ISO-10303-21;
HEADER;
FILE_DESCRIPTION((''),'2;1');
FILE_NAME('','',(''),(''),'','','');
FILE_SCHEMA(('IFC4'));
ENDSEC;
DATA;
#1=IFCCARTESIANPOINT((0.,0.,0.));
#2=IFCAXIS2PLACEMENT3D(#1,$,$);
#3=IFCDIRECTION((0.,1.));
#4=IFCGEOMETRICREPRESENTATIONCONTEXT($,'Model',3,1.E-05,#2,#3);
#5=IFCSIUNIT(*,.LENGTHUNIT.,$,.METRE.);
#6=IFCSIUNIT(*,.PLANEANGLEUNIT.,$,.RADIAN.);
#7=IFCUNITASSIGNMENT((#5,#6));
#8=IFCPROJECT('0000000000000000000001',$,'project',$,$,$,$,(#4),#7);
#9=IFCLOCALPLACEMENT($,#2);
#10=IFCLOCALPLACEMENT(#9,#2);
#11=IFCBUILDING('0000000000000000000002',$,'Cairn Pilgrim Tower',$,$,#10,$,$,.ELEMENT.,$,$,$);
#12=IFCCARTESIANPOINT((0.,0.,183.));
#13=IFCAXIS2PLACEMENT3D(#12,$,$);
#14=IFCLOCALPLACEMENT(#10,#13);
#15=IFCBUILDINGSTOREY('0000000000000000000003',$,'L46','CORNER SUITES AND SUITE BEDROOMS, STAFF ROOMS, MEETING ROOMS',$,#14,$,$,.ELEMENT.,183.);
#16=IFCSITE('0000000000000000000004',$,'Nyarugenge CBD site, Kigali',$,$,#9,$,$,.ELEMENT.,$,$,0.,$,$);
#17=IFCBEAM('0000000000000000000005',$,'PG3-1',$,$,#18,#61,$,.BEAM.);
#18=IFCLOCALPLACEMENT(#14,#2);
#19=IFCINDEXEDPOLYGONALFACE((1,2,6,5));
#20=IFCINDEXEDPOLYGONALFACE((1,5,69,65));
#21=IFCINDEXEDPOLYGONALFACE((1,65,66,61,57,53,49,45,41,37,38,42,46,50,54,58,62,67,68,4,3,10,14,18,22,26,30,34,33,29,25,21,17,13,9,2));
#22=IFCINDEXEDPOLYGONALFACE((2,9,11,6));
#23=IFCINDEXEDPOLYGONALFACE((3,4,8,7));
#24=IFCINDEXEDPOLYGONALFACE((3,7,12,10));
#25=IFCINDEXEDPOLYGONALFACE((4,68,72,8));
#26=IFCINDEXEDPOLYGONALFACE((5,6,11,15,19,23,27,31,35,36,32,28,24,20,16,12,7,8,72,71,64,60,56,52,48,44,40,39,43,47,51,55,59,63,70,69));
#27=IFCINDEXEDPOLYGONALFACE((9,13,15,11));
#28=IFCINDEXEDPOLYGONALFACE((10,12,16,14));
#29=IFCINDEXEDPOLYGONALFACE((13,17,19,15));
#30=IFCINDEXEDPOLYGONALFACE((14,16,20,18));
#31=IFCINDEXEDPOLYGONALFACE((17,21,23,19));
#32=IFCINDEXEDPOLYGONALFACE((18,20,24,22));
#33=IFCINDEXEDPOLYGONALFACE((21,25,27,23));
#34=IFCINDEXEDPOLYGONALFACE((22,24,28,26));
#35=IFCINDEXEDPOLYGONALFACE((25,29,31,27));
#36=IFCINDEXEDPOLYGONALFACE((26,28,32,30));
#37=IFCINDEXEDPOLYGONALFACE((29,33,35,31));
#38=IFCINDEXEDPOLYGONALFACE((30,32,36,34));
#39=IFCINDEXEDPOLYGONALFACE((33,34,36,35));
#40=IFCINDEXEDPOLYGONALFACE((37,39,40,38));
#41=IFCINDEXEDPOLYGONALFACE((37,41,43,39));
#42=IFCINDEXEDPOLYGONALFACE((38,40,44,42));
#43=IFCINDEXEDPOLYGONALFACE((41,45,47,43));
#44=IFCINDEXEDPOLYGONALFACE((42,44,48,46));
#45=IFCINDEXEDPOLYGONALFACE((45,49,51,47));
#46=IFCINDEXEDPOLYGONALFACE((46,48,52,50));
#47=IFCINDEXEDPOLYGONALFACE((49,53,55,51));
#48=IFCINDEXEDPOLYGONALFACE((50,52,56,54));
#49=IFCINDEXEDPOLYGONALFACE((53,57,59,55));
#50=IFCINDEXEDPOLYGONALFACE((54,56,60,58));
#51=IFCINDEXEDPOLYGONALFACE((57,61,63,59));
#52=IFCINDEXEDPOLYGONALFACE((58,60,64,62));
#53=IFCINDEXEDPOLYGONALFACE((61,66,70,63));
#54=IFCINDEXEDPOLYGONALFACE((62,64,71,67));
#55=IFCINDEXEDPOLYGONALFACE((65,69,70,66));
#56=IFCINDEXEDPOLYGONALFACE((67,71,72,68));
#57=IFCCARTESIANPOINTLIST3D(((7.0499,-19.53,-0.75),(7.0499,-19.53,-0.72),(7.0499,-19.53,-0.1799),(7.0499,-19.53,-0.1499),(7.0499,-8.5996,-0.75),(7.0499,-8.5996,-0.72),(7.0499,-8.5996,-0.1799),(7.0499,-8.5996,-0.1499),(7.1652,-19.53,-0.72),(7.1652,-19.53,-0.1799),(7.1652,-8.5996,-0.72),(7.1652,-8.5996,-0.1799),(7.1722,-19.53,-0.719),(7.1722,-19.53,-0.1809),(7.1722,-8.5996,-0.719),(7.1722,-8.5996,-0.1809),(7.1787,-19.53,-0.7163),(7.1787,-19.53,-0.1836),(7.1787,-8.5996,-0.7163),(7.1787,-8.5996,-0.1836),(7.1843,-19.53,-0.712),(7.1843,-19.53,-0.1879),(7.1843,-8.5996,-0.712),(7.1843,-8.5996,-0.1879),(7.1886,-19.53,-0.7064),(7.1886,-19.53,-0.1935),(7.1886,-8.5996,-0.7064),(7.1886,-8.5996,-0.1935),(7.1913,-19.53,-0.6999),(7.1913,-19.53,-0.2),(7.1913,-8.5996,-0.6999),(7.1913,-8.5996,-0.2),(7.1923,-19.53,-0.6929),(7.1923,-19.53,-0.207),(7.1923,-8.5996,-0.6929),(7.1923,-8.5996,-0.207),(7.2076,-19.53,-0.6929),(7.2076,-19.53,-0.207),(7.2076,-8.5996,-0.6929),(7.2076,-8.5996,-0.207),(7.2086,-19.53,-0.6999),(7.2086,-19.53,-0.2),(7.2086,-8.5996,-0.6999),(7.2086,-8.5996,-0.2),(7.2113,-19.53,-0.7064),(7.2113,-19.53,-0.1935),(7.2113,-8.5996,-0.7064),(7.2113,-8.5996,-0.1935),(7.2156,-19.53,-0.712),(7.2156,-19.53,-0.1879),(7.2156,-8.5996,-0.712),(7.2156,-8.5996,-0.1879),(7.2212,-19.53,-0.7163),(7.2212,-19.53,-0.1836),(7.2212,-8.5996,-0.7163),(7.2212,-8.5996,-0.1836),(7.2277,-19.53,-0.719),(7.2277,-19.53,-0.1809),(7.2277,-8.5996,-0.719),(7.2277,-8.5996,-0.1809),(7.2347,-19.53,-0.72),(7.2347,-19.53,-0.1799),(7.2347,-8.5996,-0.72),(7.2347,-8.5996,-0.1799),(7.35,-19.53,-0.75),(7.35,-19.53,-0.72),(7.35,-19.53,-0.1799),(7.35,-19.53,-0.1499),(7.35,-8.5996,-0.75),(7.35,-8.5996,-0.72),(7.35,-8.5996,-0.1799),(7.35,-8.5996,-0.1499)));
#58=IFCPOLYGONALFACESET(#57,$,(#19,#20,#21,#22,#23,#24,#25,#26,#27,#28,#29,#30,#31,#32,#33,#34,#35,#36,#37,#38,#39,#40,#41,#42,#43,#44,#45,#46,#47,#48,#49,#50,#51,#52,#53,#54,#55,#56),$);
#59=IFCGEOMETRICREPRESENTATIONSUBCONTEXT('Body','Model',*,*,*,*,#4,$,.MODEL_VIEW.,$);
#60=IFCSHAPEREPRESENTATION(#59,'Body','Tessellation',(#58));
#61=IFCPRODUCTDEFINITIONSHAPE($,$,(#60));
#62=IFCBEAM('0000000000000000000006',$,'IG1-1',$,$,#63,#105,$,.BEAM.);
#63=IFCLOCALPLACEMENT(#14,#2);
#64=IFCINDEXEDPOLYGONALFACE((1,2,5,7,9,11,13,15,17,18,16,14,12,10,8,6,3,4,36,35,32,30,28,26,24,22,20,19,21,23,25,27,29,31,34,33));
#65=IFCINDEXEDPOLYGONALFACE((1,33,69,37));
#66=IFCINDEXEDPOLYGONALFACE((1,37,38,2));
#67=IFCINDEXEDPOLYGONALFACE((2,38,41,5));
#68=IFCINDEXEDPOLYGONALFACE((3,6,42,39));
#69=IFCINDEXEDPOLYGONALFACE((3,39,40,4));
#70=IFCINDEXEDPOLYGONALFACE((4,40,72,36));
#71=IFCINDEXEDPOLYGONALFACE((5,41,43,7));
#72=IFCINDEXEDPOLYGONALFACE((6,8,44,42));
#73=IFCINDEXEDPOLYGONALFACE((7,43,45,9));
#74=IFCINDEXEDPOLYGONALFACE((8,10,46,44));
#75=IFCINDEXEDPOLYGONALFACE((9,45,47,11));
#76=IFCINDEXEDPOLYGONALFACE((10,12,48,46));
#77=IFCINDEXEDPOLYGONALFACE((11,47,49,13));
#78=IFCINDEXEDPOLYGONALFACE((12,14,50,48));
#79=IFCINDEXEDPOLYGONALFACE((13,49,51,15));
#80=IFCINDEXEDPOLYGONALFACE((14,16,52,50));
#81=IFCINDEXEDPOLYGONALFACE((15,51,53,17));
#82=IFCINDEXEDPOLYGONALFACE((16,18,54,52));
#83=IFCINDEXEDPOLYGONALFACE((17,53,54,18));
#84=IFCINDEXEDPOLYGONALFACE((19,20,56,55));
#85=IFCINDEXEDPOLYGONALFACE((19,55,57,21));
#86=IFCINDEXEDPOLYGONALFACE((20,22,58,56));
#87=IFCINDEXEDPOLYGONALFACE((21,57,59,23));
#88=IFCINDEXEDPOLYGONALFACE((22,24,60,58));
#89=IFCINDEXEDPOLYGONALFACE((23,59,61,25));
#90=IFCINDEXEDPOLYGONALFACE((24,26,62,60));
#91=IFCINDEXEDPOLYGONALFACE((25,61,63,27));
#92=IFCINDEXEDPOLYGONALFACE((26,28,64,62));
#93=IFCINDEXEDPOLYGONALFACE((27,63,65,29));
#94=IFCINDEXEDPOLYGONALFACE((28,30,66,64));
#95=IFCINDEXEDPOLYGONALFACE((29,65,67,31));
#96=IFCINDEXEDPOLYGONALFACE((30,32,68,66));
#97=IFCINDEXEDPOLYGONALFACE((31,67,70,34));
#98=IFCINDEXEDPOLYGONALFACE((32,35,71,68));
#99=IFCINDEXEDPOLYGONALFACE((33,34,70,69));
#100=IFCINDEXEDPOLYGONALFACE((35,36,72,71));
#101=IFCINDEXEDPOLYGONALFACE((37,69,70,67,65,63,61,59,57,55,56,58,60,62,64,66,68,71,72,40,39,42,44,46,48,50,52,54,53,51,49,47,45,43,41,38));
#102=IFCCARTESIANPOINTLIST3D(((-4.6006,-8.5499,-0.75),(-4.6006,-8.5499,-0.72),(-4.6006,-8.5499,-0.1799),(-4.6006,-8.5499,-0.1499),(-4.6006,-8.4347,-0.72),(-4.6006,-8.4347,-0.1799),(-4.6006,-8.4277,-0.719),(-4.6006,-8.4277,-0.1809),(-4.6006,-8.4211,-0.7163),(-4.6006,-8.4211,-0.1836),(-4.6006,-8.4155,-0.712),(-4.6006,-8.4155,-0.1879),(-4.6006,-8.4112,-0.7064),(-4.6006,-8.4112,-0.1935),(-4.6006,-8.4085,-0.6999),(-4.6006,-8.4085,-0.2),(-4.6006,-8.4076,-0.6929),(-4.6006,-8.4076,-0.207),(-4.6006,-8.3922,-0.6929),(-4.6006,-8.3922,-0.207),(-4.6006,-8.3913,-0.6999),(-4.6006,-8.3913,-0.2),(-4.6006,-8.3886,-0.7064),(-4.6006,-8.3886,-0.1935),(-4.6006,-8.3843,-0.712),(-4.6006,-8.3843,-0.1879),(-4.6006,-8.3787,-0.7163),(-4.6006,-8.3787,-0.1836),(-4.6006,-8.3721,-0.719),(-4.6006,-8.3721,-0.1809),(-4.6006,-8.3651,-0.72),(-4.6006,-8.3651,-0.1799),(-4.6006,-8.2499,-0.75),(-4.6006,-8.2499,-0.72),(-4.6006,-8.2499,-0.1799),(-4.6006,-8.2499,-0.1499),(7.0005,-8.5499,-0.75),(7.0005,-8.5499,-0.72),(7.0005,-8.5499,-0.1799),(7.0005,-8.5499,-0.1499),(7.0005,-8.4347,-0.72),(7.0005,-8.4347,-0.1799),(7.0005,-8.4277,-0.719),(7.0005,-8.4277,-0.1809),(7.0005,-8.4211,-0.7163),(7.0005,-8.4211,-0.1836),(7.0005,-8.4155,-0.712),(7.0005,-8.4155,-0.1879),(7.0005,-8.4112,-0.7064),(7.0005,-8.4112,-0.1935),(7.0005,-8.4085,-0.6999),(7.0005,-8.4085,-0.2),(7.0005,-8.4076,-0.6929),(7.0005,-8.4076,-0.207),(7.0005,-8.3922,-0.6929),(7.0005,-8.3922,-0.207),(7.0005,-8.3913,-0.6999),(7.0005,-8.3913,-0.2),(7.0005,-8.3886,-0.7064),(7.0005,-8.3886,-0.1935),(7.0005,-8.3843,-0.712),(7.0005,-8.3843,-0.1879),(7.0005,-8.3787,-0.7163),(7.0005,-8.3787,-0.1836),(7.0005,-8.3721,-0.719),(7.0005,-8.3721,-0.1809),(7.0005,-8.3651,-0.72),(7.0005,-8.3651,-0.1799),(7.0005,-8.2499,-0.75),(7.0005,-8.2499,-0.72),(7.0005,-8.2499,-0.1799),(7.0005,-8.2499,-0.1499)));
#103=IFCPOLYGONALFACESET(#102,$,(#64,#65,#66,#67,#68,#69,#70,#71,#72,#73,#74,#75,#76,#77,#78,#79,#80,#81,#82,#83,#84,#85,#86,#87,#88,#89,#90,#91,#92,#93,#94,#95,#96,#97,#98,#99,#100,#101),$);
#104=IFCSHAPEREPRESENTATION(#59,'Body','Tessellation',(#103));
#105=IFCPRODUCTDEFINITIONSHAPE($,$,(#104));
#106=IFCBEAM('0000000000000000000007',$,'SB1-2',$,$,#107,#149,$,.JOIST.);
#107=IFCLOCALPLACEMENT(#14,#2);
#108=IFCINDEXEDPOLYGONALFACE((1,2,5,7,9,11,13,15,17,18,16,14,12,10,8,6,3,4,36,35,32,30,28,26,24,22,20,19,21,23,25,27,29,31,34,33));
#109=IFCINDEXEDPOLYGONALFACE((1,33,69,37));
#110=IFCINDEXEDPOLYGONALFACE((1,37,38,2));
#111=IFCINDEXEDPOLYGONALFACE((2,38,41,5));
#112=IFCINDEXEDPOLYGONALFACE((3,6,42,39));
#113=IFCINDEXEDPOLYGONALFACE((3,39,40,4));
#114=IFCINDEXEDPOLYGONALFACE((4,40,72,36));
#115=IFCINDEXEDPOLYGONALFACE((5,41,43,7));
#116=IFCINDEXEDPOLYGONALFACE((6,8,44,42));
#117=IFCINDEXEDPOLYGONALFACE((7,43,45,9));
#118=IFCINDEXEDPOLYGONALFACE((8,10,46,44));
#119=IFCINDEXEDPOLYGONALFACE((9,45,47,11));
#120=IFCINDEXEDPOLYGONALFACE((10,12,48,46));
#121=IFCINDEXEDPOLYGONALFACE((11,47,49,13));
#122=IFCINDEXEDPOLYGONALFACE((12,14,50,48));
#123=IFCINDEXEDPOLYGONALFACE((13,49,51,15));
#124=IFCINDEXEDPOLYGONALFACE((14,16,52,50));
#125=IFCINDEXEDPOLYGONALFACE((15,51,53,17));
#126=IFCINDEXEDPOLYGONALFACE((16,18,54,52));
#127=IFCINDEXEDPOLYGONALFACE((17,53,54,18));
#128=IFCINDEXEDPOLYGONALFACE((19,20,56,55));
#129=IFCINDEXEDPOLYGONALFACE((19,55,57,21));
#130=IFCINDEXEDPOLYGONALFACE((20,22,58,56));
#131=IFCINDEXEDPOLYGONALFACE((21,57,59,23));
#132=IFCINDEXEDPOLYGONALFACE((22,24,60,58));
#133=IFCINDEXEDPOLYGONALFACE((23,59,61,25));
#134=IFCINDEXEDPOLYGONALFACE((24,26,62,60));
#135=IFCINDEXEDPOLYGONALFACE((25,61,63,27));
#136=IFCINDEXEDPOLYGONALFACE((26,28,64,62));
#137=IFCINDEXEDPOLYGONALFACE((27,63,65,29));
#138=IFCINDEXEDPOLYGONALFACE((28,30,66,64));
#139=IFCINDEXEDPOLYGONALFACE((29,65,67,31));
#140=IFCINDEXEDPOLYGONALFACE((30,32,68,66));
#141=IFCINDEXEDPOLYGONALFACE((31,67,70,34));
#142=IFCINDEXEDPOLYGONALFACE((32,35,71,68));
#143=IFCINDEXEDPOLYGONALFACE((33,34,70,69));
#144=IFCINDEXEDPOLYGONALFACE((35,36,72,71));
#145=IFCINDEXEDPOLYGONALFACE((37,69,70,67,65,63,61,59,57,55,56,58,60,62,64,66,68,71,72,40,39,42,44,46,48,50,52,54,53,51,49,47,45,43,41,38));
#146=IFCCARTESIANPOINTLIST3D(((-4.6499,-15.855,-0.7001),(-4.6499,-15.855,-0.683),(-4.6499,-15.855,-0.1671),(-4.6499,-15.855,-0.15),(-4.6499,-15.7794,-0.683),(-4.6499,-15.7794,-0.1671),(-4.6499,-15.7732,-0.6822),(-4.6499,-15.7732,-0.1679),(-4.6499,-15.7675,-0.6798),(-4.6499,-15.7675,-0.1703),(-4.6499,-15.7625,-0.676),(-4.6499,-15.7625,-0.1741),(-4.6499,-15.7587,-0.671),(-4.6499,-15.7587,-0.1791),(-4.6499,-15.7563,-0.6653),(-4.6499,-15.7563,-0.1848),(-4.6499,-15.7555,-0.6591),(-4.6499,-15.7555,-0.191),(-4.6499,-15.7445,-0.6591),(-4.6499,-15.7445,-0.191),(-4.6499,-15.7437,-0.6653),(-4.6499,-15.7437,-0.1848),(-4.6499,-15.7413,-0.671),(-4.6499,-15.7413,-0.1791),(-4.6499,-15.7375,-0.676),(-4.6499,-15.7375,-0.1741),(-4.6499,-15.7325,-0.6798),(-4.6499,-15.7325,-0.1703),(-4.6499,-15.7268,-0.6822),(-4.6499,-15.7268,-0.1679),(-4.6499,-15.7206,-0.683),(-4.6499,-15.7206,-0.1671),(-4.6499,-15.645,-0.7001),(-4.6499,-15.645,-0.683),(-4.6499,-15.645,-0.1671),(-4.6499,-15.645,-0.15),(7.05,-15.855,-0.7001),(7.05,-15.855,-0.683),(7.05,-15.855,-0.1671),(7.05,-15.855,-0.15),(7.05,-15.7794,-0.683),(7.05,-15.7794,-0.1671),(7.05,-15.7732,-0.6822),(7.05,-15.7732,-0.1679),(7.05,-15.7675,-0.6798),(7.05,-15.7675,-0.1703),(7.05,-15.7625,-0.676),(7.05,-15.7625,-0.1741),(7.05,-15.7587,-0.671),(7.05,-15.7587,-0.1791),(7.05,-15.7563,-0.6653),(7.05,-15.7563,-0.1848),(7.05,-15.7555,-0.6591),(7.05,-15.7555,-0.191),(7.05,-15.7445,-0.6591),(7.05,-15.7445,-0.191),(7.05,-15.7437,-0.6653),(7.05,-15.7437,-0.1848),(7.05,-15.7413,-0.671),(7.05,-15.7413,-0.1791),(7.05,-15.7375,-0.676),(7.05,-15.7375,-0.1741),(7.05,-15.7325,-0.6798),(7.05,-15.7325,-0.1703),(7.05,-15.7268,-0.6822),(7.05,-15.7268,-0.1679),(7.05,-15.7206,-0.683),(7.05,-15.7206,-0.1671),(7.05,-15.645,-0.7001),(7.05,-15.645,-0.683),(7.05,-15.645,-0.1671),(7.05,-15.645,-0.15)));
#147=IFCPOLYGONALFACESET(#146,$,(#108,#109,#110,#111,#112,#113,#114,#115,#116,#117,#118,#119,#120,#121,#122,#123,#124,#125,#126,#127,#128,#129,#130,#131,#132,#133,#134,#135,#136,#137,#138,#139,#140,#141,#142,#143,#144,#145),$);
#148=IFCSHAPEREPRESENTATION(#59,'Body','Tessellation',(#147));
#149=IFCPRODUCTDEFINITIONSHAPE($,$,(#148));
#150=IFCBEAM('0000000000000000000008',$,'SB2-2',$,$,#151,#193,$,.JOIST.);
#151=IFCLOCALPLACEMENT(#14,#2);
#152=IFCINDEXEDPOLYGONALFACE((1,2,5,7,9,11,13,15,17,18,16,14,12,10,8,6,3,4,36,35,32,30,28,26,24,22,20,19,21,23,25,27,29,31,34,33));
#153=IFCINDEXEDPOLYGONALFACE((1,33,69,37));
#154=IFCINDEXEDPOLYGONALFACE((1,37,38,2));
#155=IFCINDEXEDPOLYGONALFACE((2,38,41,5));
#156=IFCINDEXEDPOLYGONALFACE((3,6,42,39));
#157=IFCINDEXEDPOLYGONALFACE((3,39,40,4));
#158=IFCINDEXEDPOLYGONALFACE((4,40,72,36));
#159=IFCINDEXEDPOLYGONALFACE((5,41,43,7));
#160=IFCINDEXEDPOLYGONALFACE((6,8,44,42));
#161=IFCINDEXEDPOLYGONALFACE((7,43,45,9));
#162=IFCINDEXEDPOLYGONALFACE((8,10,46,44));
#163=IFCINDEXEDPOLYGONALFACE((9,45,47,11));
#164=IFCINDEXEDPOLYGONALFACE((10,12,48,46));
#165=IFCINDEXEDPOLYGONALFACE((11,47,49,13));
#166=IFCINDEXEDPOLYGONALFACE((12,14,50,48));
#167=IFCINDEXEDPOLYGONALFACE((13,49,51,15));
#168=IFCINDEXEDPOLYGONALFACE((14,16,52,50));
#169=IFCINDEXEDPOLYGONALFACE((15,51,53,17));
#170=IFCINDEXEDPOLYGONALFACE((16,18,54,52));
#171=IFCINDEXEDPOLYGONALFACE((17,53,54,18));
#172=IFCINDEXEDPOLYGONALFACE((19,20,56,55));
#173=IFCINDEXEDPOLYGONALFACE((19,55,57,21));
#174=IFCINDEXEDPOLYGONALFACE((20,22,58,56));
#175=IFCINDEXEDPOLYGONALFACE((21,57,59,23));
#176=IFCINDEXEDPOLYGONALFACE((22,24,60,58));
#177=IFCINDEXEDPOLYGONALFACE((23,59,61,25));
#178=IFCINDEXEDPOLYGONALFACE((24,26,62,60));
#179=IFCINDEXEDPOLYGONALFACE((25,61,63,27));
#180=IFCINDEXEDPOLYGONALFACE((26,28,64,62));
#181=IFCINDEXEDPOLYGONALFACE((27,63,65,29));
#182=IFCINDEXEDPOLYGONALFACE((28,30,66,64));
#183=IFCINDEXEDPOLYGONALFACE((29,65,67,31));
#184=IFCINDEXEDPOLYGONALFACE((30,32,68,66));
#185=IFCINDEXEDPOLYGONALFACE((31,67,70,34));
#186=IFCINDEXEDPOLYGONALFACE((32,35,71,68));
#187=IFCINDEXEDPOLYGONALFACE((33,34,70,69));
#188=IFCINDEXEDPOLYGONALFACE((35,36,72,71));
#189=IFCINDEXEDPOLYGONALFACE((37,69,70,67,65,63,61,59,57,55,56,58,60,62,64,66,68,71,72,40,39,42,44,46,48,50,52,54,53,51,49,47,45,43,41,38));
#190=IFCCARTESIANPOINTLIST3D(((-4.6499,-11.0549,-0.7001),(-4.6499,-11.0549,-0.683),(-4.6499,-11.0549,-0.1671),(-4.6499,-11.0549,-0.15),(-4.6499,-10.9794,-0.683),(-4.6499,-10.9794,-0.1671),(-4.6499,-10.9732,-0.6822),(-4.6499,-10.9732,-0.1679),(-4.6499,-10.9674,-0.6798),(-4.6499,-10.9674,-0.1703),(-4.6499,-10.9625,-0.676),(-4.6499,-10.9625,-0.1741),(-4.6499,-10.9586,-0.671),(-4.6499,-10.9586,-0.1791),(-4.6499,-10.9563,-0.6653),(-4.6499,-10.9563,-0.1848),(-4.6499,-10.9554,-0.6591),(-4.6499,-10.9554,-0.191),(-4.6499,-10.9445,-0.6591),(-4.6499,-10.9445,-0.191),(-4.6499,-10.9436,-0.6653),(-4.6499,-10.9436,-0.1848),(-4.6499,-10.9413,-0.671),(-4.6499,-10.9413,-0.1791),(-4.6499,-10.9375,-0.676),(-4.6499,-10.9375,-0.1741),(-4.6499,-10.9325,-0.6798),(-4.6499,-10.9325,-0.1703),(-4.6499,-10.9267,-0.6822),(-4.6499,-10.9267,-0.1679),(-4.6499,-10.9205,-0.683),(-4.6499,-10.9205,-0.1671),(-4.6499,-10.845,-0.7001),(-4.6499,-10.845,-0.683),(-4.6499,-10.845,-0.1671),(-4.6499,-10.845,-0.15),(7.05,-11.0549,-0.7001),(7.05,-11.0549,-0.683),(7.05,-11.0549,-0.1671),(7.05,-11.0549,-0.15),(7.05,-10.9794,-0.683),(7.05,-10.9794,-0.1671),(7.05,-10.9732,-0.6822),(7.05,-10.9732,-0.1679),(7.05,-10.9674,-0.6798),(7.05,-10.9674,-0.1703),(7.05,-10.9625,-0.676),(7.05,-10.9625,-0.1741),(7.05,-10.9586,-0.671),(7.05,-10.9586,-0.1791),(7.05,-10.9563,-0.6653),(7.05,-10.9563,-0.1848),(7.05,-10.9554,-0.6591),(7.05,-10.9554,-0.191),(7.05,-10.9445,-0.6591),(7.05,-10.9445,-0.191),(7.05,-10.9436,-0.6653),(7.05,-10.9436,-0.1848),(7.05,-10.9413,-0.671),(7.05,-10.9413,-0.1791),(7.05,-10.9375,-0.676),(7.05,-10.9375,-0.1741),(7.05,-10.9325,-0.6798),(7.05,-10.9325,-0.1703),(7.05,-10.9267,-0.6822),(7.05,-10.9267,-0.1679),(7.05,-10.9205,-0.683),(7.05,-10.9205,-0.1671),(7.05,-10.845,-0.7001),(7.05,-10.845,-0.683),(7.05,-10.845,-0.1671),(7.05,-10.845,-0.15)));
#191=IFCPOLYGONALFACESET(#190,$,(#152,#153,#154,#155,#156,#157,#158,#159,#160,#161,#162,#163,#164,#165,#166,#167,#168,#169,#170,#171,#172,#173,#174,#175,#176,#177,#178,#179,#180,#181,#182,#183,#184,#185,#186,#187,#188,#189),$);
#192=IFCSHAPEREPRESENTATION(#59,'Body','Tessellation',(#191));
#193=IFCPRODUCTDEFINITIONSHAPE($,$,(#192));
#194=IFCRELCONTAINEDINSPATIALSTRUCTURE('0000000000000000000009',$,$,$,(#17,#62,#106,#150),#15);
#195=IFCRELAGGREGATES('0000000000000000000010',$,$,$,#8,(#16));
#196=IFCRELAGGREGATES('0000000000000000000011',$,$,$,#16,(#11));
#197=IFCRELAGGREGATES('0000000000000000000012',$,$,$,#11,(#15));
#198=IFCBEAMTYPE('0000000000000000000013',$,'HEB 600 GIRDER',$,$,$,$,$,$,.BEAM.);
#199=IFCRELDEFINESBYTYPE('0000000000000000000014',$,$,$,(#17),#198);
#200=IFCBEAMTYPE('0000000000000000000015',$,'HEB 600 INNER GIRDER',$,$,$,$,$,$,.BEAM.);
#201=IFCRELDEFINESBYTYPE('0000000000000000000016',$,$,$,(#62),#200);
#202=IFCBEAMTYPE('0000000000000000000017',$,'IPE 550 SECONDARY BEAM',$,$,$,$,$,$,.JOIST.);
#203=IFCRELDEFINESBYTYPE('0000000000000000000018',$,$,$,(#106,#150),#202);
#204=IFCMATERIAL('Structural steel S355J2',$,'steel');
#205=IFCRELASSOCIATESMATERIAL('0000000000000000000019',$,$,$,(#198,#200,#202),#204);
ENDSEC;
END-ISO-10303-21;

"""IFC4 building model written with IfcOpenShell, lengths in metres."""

from ifc_helpers import new_model, si_unit, direction, frame, origin, origin_2d, place, context, subcontext, project, spatial, i_section, extrude, material, material_profile, profile_set, type_object, element, save


model = new_model("IFC4")

# Units and contexts
model_context = context("Model", 3, precision=1e-05, world=origin(), true_north=direction((0.0, 1.0)))
body_context = subcontext(model_context, "Body", "Model", "MODEL_VIEW")
ifc_project = project(units=[si_unit("LENGTHUNIT", "METRE"), si_unit("PLANEANGLEUNIT", "RADIAN")], contexts=[model_context])

# Site, building, storey
site_placement = place(None, origin())
site = spatial("IfcSite", under=ifc_project, at=site_placement, Name="Nyarugenge CBD site, Kigali", CompositionType="ELEMENT", RefElevation=0.0)
building_placement = place(site_placement, origin())
building = spatial("IfcBuilding", under=site, at=building_placement, Name="Cairn Pilgrim Tower", CompositionType="ELEMENT")
storey_placement = place(building_placement, frame((0.0, 0.0, 183.0)))
storey = spatial("IfcBuildingStorey", under=building, at=storey_placement, Name="L46", Description="CORNER SUITES AND SUITE BEDROOMS, STAFF ROOMS, MEETING ROOMS", CompositionType="ELEMENT", Elevation=183.0)

# Shared definitions
ifc_material_1 = material(Name="Structural steel S355J2", Category="steel")

# Beams
ifc_material_profile_1 = material_profile(ifc_material_1, i_section(OverallWidth=0.3, OverallDepth=0.6001, WebThickness=0.0154, FlangeThickness=0.03, FilletRadius=0.0271, at=origin_2d()), Name="HEB 600")
ifc_profile_set_1 = profile_set([ifc_material_profile_1], Name="Structural steel S355J2")
beam_type_1 = type_object("IfcBeamType", Name="HEB 600 GIRDER", PredefinedType="BEAM", material=ifc_profile_set_1)
beam_1_placement = place(storey_placement, frame((7.2, -19.53, -0.45), z_axis=(0.0, 1.0, 0.0), x_axis=(-1.0, 0.0, 0.0)))
element("IfcBeam", 1, at=beam_1_placement, inside=storey, type_object=beam_type_1, Name="PG3-1", PredefinedType="BEAM", context=body_context, shape_type="SweptSolid", body=[
    extrude(i_section(OverallWidth=0.3, OverallDepth=0.6001, WebThickness=0.0154, FlangeThickness=0.03, FilletRadius=0.0271, at=origin_2d()), origin(), (0.0, 0.0, 1.0), 10.9304),
])
ifc_material_profile_2 = material_profile(ifc_material_1, i_section(OverallWidth=0.3, OverallDepth=0.6001, WebThickness=0.0154, FlangeThickness=0.03, FilletRadius=0.0271, at=origin_2d()), Name="HEB 600")
ifc_profile_set_2 = profile_set([ifc_material_profile_2], Name="Structural steel S355J2")
beam_type_2 = type_object("IfcBeamType", Name="HEB 600 INNER GIRDER", PredefinedType="BEAM", material=ifc_profile_set_2)
beam_2_placement = place(storey_placement, frame((-4.6006, -8.3999, -0.45), z_axis=(1.0, 0.0, 0.0), x_axis=(0.0, 1.0, 0.0)))
element("IfcBeam", 2, at=beam_2_placement, inside=storey, type_object=beam_type_2, Name="IG1-1", PredefinedType="BEAM", context=body_context, shape_type="SweptSolid", body=[
    extrude(i_section(OverallWidth=0.3, OverallDepth=0.6001, WebThickness=0.0154, FlangeThickness=0.03, FilletRadius=0.0271, at=origin_2d()), origin(), (0.0, 0.0, 1.0), 11.6011),
])
ifc_material_profile_3 = material_profile(ifc_material_1, i_section(OverallWidth=0.21, OverallDepth=0.55, WebThickness=0.011, FlangeThickness=0.0171, FilletRadius=0.0239, at=origin_2d()), Name="IPE 550")
ifc_profile_set_3 = profile_set([ifc_material_profile_3], Name="Structural steel S355J2")
beam_type_3 = type_object("IfcBeamType", Name="IPE 550 SECONDARY BEAM", PredefinedType="JOIST", material=ifc_profile_set_3)
for number, where, z_axis, x_axis, name in (
    (3, (-4.6499, -15.75, -0.425), (1.0, 0.0, 0.0), (0.0, 1.0, 0.0), "SB1-2"),
    (4, (-4.6499, -10.95, -0.425), (1.0, 0.0, 0.0), (0.0, 1.0, 0.0), "SB2-2"),
):
    element("IfcBeam", number, at=place(storey_placement, frame(where, z_axis=z_axis, x_axis=x_axis)), inside=storey, type_object=beam_type_3, Name=name, PredefinedType="JOIST", context=body_context, shape_type="SweptSolid", body=[
        extrude(i_section(OverallWidth=0.21, OverallDepth=0.55, WebThickness=0.011, FlangeThickness=0.0171, FilletRadius=0.0239, at=origin_2d()), origin(), (0.0, 0.0, 1.0), 11.7),
    ])

save(model, "model.ifc")
